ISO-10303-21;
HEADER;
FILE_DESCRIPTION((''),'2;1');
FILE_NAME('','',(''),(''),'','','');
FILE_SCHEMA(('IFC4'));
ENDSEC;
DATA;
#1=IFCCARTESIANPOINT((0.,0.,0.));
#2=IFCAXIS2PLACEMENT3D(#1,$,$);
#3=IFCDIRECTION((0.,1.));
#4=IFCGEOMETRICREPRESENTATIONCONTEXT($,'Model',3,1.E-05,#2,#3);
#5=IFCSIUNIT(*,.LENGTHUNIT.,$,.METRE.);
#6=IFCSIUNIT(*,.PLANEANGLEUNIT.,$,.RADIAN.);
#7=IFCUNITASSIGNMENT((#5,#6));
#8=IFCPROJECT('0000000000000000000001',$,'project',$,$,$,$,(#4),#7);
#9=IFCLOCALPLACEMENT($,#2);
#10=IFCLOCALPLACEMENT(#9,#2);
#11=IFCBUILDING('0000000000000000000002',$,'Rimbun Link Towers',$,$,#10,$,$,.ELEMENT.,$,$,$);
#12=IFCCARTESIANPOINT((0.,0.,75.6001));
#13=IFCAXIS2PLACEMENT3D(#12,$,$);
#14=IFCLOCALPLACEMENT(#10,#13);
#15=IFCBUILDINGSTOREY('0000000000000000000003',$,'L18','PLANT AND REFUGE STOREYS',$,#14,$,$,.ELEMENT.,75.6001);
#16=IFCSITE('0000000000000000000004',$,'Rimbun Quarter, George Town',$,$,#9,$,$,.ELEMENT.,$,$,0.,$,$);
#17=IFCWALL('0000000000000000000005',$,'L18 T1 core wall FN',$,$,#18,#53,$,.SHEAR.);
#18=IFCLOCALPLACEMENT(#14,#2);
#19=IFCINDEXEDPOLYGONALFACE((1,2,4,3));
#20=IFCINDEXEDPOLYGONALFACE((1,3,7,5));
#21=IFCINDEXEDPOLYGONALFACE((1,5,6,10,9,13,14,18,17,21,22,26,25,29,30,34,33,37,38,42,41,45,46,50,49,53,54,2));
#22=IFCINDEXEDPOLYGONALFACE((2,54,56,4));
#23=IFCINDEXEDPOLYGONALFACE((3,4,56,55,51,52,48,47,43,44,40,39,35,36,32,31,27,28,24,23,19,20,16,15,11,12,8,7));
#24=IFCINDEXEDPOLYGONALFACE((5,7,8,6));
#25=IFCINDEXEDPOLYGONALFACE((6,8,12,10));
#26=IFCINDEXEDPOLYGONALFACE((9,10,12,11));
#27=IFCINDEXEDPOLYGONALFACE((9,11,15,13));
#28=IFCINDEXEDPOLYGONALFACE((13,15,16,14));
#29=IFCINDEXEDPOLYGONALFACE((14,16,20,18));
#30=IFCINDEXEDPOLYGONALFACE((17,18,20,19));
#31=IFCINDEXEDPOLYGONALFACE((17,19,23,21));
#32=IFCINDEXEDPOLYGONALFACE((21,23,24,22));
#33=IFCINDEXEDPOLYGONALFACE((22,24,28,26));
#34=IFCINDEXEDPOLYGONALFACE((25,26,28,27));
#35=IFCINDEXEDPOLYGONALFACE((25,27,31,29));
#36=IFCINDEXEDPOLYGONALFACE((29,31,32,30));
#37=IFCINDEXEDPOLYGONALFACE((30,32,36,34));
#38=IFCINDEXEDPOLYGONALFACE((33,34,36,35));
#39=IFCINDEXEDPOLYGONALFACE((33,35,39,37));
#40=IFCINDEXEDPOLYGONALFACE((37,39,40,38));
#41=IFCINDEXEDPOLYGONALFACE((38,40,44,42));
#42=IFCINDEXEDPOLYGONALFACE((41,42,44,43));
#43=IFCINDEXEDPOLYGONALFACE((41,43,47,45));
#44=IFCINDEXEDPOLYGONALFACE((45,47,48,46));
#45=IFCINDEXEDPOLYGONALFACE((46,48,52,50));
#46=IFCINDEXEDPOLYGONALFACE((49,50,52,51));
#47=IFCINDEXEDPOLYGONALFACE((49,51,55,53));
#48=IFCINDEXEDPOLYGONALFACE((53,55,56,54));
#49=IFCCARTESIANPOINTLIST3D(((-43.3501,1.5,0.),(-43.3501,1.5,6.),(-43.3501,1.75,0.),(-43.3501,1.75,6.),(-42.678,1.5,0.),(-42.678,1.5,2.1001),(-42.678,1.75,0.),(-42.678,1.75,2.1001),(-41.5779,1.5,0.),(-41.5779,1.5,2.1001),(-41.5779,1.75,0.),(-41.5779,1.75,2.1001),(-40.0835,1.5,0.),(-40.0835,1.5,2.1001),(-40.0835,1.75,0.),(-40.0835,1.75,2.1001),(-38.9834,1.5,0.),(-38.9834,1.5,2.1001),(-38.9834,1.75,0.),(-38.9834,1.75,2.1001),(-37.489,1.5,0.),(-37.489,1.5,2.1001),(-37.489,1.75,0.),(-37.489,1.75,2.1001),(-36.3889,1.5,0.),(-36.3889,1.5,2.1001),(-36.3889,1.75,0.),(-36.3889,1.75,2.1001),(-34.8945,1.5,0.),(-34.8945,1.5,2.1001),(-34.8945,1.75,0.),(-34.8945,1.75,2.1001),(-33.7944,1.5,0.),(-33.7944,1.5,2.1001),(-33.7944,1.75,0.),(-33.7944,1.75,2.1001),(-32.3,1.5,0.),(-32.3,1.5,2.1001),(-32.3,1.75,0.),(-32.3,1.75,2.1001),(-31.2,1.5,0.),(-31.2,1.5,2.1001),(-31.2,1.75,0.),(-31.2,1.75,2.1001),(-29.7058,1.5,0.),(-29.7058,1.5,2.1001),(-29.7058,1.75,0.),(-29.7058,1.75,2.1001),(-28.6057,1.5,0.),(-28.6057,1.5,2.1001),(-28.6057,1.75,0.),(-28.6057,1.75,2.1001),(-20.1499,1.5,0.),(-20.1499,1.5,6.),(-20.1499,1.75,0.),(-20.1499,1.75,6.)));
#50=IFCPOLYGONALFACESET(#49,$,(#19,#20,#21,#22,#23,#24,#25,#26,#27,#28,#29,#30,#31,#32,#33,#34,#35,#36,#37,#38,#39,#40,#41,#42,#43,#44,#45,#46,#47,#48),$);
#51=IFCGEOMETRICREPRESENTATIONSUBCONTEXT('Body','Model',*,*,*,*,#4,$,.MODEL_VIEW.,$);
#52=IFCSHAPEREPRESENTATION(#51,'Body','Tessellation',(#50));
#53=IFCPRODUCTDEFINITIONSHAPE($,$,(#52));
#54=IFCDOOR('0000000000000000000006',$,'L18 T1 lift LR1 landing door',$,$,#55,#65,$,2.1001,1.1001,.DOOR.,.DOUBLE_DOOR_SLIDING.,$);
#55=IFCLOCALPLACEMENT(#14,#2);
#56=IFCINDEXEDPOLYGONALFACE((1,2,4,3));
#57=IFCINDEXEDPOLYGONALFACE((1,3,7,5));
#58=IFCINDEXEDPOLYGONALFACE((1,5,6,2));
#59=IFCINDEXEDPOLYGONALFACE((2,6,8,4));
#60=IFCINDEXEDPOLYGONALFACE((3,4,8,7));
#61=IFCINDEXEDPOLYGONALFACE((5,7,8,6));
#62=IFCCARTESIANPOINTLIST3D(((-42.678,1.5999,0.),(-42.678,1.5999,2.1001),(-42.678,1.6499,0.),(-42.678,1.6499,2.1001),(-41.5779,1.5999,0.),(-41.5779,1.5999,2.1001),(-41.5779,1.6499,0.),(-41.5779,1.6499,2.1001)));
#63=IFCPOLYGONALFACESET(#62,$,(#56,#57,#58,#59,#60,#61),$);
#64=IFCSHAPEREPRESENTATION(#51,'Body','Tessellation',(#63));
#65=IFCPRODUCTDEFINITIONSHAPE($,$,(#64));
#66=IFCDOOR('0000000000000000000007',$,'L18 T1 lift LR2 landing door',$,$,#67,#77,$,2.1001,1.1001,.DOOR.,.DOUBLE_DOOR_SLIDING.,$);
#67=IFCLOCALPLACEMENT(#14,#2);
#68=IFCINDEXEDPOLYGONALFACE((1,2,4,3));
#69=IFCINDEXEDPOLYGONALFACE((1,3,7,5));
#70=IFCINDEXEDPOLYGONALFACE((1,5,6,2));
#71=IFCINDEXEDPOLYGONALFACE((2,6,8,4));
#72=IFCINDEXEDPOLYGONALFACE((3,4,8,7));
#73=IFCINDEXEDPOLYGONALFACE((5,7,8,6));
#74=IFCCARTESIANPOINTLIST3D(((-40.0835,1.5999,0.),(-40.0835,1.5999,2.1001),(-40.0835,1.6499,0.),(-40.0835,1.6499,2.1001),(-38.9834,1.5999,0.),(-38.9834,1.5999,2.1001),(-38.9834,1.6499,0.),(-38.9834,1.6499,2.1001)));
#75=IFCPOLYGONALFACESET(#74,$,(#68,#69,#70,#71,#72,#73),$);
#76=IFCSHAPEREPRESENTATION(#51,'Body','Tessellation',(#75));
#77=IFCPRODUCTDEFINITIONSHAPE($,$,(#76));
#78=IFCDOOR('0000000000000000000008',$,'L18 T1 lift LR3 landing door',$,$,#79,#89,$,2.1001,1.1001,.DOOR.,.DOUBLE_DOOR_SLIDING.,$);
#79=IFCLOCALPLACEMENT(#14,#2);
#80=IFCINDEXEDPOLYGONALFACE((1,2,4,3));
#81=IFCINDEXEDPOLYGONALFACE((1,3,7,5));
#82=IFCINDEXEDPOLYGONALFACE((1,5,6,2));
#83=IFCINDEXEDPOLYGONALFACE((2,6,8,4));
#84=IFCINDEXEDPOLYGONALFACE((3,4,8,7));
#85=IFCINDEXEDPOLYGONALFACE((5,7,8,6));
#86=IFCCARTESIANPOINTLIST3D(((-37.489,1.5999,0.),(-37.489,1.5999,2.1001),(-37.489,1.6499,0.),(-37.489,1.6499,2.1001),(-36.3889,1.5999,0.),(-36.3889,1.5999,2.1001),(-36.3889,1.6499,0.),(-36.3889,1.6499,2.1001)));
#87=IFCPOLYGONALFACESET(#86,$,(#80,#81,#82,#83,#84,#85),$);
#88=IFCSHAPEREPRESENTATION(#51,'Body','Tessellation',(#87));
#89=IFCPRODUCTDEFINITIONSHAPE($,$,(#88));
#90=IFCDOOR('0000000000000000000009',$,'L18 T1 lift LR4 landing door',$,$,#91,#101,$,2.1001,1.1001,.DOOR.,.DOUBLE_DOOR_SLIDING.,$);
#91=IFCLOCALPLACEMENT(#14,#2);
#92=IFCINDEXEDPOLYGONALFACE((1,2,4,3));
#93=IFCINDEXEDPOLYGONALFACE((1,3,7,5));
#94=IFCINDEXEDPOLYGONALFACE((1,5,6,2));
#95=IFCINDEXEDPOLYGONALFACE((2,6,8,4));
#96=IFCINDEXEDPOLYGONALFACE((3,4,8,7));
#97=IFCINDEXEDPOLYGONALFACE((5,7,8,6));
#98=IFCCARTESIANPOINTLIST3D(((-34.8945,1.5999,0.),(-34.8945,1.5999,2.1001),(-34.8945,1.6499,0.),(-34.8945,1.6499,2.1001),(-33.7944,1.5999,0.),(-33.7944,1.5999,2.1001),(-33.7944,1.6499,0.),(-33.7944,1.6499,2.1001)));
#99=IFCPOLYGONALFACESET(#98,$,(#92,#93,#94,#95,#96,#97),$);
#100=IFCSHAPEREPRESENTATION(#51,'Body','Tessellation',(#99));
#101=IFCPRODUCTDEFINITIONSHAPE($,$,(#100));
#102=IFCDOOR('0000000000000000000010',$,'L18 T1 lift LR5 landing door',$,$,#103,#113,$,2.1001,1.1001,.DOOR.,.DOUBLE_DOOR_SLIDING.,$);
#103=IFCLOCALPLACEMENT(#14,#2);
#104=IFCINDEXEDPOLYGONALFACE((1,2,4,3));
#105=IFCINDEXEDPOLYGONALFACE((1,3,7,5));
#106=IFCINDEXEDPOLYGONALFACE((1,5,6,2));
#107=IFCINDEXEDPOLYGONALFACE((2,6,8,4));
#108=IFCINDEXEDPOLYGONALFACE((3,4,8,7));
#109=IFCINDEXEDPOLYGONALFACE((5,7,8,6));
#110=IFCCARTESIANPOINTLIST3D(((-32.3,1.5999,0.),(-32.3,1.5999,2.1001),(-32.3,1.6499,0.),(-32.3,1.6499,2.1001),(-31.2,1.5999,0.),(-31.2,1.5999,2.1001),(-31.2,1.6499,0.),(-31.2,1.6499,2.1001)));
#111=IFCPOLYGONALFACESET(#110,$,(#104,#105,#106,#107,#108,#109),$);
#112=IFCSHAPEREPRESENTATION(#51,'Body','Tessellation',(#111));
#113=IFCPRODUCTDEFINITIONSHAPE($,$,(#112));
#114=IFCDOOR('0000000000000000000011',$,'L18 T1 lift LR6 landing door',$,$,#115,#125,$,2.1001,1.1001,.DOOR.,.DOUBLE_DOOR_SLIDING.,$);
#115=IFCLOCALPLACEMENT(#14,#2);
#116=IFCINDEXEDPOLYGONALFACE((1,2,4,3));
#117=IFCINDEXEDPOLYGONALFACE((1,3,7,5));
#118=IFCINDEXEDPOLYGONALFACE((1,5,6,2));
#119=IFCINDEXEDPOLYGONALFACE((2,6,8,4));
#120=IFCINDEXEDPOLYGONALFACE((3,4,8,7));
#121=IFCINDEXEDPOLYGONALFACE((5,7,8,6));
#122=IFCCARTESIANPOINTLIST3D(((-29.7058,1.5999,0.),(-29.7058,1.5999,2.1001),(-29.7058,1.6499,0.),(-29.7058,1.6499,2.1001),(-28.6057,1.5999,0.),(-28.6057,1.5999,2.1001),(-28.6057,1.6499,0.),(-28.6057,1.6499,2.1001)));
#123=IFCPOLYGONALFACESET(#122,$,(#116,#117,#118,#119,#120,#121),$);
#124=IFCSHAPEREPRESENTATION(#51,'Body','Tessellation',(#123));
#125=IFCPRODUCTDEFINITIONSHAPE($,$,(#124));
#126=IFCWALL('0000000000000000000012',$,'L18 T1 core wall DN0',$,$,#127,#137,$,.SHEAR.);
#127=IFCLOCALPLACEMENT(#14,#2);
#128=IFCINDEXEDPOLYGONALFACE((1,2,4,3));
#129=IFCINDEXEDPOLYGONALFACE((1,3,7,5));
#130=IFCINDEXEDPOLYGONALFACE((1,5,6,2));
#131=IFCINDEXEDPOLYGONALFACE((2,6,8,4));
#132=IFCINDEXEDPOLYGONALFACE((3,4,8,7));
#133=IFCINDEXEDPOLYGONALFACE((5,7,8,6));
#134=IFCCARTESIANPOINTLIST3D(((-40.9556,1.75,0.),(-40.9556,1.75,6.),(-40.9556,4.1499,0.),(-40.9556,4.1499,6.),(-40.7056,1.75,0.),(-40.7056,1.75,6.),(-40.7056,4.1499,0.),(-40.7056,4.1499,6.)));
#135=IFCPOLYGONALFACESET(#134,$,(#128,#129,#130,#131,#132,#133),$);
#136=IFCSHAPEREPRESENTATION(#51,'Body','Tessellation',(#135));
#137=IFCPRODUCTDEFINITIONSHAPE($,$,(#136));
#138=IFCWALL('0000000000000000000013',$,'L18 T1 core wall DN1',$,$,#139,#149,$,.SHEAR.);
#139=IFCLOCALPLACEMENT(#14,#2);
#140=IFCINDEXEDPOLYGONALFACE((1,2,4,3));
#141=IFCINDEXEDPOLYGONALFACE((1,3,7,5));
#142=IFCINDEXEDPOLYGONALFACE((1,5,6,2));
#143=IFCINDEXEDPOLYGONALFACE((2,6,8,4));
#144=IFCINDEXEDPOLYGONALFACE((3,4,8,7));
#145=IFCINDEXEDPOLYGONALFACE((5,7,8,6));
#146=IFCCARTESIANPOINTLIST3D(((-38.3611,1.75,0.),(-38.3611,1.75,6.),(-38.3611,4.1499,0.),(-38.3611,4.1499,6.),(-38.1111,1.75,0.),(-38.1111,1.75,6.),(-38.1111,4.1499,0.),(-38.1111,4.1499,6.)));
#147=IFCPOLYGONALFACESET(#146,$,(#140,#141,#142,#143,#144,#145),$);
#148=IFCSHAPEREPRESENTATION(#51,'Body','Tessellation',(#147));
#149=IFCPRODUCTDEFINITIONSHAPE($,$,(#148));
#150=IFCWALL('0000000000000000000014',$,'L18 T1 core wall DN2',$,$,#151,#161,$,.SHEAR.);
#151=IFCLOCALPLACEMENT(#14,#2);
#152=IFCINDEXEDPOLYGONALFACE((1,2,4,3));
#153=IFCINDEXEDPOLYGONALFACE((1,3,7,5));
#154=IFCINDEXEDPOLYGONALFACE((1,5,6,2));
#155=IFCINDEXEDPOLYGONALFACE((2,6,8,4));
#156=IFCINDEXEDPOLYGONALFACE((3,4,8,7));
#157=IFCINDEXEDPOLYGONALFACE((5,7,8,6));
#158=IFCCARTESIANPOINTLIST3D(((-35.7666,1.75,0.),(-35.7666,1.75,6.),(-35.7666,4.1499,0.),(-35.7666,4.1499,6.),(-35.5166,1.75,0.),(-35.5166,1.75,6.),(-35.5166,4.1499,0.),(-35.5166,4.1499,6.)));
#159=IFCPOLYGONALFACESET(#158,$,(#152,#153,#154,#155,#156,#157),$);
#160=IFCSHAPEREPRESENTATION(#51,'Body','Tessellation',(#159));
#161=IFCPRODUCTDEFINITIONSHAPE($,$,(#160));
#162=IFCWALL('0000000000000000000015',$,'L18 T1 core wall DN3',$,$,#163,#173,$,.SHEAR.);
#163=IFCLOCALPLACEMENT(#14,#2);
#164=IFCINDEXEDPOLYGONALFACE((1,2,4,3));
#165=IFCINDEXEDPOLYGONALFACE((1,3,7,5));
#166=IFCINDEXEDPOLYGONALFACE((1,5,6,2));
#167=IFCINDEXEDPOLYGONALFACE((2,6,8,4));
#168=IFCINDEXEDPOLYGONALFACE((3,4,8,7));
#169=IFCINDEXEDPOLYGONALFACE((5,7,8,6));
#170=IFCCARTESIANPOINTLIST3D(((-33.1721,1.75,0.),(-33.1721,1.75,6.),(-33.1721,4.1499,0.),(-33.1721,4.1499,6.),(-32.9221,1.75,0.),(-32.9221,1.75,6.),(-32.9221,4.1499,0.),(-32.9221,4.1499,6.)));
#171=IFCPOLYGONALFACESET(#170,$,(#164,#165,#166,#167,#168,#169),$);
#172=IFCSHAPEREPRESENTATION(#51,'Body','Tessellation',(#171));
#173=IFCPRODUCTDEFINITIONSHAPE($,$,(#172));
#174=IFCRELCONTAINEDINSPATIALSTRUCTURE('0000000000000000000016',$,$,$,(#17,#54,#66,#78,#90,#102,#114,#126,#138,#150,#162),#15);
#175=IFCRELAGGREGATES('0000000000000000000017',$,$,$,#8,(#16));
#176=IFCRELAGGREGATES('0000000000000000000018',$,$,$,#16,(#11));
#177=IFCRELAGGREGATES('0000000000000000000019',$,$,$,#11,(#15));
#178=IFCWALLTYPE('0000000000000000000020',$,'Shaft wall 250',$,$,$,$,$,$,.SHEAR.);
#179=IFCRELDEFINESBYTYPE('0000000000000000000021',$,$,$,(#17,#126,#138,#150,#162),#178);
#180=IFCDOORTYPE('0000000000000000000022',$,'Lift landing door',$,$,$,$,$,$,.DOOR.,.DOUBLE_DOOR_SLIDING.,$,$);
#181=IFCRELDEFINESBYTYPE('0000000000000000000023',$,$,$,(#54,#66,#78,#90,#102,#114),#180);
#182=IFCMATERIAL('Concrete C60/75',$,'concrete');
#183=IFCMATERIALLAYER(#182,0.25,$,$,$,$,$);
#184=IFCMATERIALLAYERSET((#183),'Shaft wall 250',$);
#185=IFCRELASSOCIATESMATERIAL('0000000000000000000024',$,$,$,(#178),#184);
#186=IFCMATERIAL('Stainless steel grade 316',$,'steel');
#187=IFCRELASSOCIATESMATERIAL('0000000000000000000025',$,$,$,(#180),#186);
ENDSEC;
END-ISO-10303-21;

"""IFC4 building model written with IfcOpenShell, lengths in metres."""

from ifc_helpers import new_model, si_unit, direction, frame, frame_2d, origin, place, context, subcontext, project, spatial, rectangle, extrude, material, layer, layer_set, type_object, element, fill, save


model = new_model("IFC4")

# Units and contexts
model_context = context("Model", 3, precision=1e-05, world=origin(), true_north=direction((0.0, 1.0)))
body_context = subcontext(model_context, "Body", "Model", "MODEL_VIEW")
ifc_project = project(units=[si_unit("LENGTHUNIT", "METRE"), si_unit("PLANEANGLEUNIT", "RADIAN")], contexts=[model_context])

# Site, building, storey
site_placement = place(None, origin())
site = spatial("IfcSite", under=ifc_project, at=site_placement, Name="Rimbun Quarter, George Town", CompositionType="ELEMENT", RefElevation=0.0)
building_placement = place(site_placement, origin())
building = spatial("IfcBuilding", under=site, at=building_placement, Name="Rimbun Link Towers", CompositionType="ELEMENT")
storey_placement = place(building_placement, frame((0.0, 0.0, 75.6001)))
storey = spatial("IfcBuildingStorey", under=building, at=storey_placement, Name="L18", Description="PLANT AND REFUGE STOREYS", CompositionType="ELEMENT", Elevation=75.6001)

# Shared definitions
ifc_material_1 = material(Name="Concrete C60/75", Category="concrete")
ifc_layer_1 = layer(ifc_material_1, 0.25)
ifc_layer_set_1 = layer_set([ifc_layer_1], Name="Shaft wall 250")
wall_type_1 = type_object("IfcWallType", Name="Shaft wall 250", PredefinedType="SHEAR", material=ifc_layer_set_1)

# Wall, openings, doors
wall_1_placement = place(storey_placement, frame((-43.3501, 1.625, 0.0), z_axis=(0.0, 0.0, 1.0), x_axis=(1.0, 0.0, 0.0)))
wall_1 = element("IfcWall", 1, at=wall_1_placement, inside=storey, type_object=wall_type_1, Name="L18 T1 core wall FN", PredefinedType="SHEAR", context=body_context, shape_type="SweptSolid", body=[
    extrude(rectangle(XDim=23.2002, YDim=0.25, at=frame_2d((11.6001, 0.0))), origin(), (0.0, 0.0, 1.0), 6.0),
])
opening_1_placement = place(wall_1_placement, frame((0.6721, 0.0, 0.0)))
opening_1 = element("IfcOpeningElement", 2, at=opening_1_placement, cuts=wall_1, PredefinedType="OPENING", context=body_context, shape_type="SweptSolid", body=[
    extrude(rectangle(XDim=1.1001, YDim=2.1001, at=frame_2d((0.55, 1.05))), frame((0.0, 0.135, 0.0), z_axis=(0.0, -1.0, 0.0), x_axis=(1.0, 0.0, 0.0)), (0.0, 0.0, 1.0), 0.27),
])
opening_2_placement = place(wall_1_placement, frame((3.2666, 0.0, 0.0)))
opening_2 = element("IfcOpeningElement", 3, at=opening_2_placement, cuts=wall_1, PredefinedType="OPENING", context=body_context, shape_type="SweptSolid", body=[
    extrude(rectangle(XDim=1.1001, YDim=2.1001, at=frame_2d((0.55, 1.05))), frame((0.0, 0.135, 0.0), z_axis=(0.0, -1.0, 0.0), x_axis=(1.0, 0.0, 0.0)), (0.0, 0.0, 1.0), 0.27),
])
opening_3_placement = place(wall_1_placement, frame((5.8611, 0.0, 0.0)))
opening_3 = element("IfcOpeningElement", 4, at=opening_3_placement, cuts=wall_1, PredefinedType="OPENING", context=body_context, shape_type="SweptSolid", body=[
    extrude(rectangle(XDim=1.1001, YDim=2.1001, at=frame_2d((0.55, 1.05))), frame((0.0, 0.135, 0.0), z_axis=(0.0, -1.0, 0.0), x_axis=(1.0, 0.0, 0.0)), (0.0, 0.0, 1.0), 0.27),
])
opening_4_placement = place(wall_1_placement, frame((8.4556, 0.0, 0.0)))
opening_4 = element("IfcOpeningElement", 5, at=opening_4_placement, cuts=wall_1, PredefinedType="OPENING", context=body_context, shape_type="SweptSolid", body=[
    extrude(rectangle(XDim=1.1001, YDim=2.1001, at=frame_2d((0.55, 1.05))), frame((0.0, 0.135, 0.0), z_axis=(0.0, -1.0, 0.0), x_axis=(1.0, 0.0, 0.0)), (0.0, 0.0, 1.0), 0.27),
])
opening_5_placement = place(wall_1_placement, frame((11.05, 0.0, 0.0)))
opening_5 = element("IfcOpeningElement", 6, at=opening_5_placement, cuts=wall_1, PredefinedType="OPENING", context=body_context, shape_type="SweptSolid", body=[
    extrude(rectangle(XDim=1.1001, YDim=2.1001, at=frame_2d((0.55, 1.05))), frame((0.0, 0.135, 0.0), z_axis=(0.0, -1.0, 0.0), x_axis=(1.0, 0.0, 0.0)), (0.0, 0.0, 1.0), 0.27),
])
opening_6_placement = place(wall_1_placement, frame((13.6443, 0.0, 0.0)))
opening_6 = element("IfcOpeningElement", 7, at=opening_6_placement, cuts=wall_1, PredefinedType="OPENING", context=body_context, shape_type="SweptSolid", body=[
    extrude(rectangle(XDim=1.1001, YDim=2.1001, at=frame_2d((0.55, 1.05))), frame((0.0, 0.135, 0.0), z_axis=(0.0, -1.0, 0.0), x_axis=(1.0, 0.0, 0.0)), (0.0, 0.0, 1.0), 0.27),
])
ifc_material_2 = material(Name="Stainless steel grade 316", Category="steel")
door_type_1 = type_object("IfcDoorType", Name="Lift landing door", OperationType="DOUBLE_DOOR_SLIDING", PredefinedType="DOOR", material=ifc_material_2)
door_1_placement = place(opening_1_placement, origin())
door_1 = element("IfcDoor", 8, at=door_1_placement, inside=storey, type_object=door_type_1, Name="L18 T1 lift LR1 landing door", OperationType="DOUBLE_DOOR_SLIDING", OverallHeight=2.1001, OverallWidth=1.1001, PredefinedType="DOOR", context=body_context, shape_type="SweptSolid", body=[
    extrude(rectangle(XDim=1.1001, YDim=2.1001, at=frame_2d((0.55, 1.05))), frame((0.0, 0.0249, 0.0), z_axis=(0.0, -1.0, 0.0), x_axis=(1.0, 0.0, 0.0)), (0.0, 0.0, 1.0), 0.05),
])
fill(opening_1, door_1)
door_2_placement = place(opening_2_placement, origin())
door_2 = element("IfcDoor", 9, at=door_2_placement, inside=storey, type_object=door_type_1, Name="L18 T1 lift LR2 landing door", OperationType="DOUBLE_DOOR_SLIDING", OverallHeight=2.1001, OverallWidth=1.1001, PredefinedType="DOOR", context=body_context, shape_type="SweptSolid", body=[
    extrude(rectangle(XDim=1.1001, YDim=2.1001, at=frame_2d((0.55, 1.05))), frame((0.0, 0.0249, 0.0), z_axis=(0.0, -1.0, 0.0), x_axis=(1.0, 0.0, 0.0)), (0.0, 0.0, 1.0), 0.05),
])
fill(opening_2, door_2)
door_3_placement = place(opening_3_placement, origin())
door_3 = element("IfcDoor", 10, at=door_3_placement, inside=storey, type_object=door_type_1, Name="L18 T1 lift LR3 landing door", OperationType="DOUBLE_DOOR_SLIDING", OverallHeight=2.1001, OverallWidth=1.1001, PredefinedType="DOOR", context=body_context, shape_type="SweptSolid", body=[
    extrude(rectangle(XDim=1.1001, YDim=2.1001, at=frame_2d((0.55, 1.05))), frame((0.0, 0.0249, 0.0), z_axis=(0.0, -1.0, 0.0), x_axis=(1.0, 0.0, 0.0)), (0.0, 0.0, 1.0), 0.05),
])
fill(opening_3, door_3)
door_4_placement = place(opening_4_placement, origin())
door_4 = element("IfcDoor", 11, at=door_4_placement, inside=storey, type_object=door_type_1, Name="L18 T1 lift LR4 landing door", OperationType="DOUBLE_DOOR_SLIDING", OverallHeight=2.1001, OverallWidth=1.1001, PredefinedType="DOOR", context=body_context, shape_type="SweptSolid", body=[
    extrude(rectangle(XDim=1.1001, YDim=2.1001, at=frame_2d((0.55, 1.05))), frame((0.0, 0.0249, 0.0), z_axis=(0.0, -1.0, 0.0), x_axis=(1.0, 0.0, 0.0)), (0.0, 0.0, 1.0), 0.05),
])
fill(opening_4, door_4)
door_5_placement = place(opening_5_placement, origin())
door_5 = element("IfcDoor", 12, at=door_5_placement, inside=storey, type_object=door_type_1, Name="L18 T1 lift LR5 landing door", OperationType="DOUBLE_DOOR_SLIDING", OverallHeight=2.1001, OverallWidth=1.1001, PredefinedType="DOOR", context=body_context, shape_type="SweptSolid", body=[
    extrude(rectangle(XDim=1.1001, YDim=2.1001, at=frame_2d((0.55, 1.05))), frame((0.0, 0.0249, 0.0), z_axis=(0.0, -1.0, 0.0), x_axis=(1.0, 0.0, 0.0)), (0.0, 0.0, 1.0), 0.05),
])
fill(opening_5, door_5)
door_6_placement = place(opening_6_placement, origin())
door_6 = element("IfcDoor", 13, at=door_6_placement, inside=storey, type_object=door_type_1, Name="L18 T1 lift LR6 landing door", OperationType="DOUBLE_DOOR_SLIDING", OverallHeight=2.1001, OverallWidth=1.1001, PredefinedType="DOOR", context=body_context, shape_type="SweptSolid", body=[
    extrude(rectangle(XDim=1.1001, YDim=2.1001, at=frame_2d((0.55, 1.05))), frame((0.0, 0.0249, 0.0), z_axis=(0.0, -1.0, 0.0), x_axis=(1.0, 0.0, 0.0)), (0.0, 0.0, 1.0), 0.05),
])
fill(opening_6, door_6)

# Walls
for number, where, z_axis, x_axis, name in (
    (14, (-40.8306, 1.75, 0.0), (0.0, 0.0, 1.0), (0.0, 1.0, 0.0), "L18 T1 core wall DN0"),
    (15, (-38.2361, 1.75, 0.0), (0.0, 0.0, 1.0), (0.0, 1.0, 0.0), "L18 T1 core wall DN1"),
    (16, (-35.6416, 1.75, 0.0), (0.0, 0.0, 1.0), (0.0, 1.0, 0.0), "L18 T1 core wall DN2"),
    (17, (-33.0471, 1.75, 0.0), (0.0, 0.0, 1.0), (0.0, 1.0, 0.0), "L18 T1 core wall DN3"),
):
    element("IfcWall", number, at=place(storey_placement, frame(where, z_axis=z_axis, x_axis=x_axis)), inside=storey, type_object=wall_type_1, Name=name, PredefinedType="SHEAR", context=body_context, shape_type="SweptSolid", body=[
        extrude(rectangle(XDim=2.3999, YDim=0.25, at=frame_2d((1.2, 0.0))), origin(), (0.0, 0.0, 1.0), 6.0),
    ])

save(model, "model.ifc")
